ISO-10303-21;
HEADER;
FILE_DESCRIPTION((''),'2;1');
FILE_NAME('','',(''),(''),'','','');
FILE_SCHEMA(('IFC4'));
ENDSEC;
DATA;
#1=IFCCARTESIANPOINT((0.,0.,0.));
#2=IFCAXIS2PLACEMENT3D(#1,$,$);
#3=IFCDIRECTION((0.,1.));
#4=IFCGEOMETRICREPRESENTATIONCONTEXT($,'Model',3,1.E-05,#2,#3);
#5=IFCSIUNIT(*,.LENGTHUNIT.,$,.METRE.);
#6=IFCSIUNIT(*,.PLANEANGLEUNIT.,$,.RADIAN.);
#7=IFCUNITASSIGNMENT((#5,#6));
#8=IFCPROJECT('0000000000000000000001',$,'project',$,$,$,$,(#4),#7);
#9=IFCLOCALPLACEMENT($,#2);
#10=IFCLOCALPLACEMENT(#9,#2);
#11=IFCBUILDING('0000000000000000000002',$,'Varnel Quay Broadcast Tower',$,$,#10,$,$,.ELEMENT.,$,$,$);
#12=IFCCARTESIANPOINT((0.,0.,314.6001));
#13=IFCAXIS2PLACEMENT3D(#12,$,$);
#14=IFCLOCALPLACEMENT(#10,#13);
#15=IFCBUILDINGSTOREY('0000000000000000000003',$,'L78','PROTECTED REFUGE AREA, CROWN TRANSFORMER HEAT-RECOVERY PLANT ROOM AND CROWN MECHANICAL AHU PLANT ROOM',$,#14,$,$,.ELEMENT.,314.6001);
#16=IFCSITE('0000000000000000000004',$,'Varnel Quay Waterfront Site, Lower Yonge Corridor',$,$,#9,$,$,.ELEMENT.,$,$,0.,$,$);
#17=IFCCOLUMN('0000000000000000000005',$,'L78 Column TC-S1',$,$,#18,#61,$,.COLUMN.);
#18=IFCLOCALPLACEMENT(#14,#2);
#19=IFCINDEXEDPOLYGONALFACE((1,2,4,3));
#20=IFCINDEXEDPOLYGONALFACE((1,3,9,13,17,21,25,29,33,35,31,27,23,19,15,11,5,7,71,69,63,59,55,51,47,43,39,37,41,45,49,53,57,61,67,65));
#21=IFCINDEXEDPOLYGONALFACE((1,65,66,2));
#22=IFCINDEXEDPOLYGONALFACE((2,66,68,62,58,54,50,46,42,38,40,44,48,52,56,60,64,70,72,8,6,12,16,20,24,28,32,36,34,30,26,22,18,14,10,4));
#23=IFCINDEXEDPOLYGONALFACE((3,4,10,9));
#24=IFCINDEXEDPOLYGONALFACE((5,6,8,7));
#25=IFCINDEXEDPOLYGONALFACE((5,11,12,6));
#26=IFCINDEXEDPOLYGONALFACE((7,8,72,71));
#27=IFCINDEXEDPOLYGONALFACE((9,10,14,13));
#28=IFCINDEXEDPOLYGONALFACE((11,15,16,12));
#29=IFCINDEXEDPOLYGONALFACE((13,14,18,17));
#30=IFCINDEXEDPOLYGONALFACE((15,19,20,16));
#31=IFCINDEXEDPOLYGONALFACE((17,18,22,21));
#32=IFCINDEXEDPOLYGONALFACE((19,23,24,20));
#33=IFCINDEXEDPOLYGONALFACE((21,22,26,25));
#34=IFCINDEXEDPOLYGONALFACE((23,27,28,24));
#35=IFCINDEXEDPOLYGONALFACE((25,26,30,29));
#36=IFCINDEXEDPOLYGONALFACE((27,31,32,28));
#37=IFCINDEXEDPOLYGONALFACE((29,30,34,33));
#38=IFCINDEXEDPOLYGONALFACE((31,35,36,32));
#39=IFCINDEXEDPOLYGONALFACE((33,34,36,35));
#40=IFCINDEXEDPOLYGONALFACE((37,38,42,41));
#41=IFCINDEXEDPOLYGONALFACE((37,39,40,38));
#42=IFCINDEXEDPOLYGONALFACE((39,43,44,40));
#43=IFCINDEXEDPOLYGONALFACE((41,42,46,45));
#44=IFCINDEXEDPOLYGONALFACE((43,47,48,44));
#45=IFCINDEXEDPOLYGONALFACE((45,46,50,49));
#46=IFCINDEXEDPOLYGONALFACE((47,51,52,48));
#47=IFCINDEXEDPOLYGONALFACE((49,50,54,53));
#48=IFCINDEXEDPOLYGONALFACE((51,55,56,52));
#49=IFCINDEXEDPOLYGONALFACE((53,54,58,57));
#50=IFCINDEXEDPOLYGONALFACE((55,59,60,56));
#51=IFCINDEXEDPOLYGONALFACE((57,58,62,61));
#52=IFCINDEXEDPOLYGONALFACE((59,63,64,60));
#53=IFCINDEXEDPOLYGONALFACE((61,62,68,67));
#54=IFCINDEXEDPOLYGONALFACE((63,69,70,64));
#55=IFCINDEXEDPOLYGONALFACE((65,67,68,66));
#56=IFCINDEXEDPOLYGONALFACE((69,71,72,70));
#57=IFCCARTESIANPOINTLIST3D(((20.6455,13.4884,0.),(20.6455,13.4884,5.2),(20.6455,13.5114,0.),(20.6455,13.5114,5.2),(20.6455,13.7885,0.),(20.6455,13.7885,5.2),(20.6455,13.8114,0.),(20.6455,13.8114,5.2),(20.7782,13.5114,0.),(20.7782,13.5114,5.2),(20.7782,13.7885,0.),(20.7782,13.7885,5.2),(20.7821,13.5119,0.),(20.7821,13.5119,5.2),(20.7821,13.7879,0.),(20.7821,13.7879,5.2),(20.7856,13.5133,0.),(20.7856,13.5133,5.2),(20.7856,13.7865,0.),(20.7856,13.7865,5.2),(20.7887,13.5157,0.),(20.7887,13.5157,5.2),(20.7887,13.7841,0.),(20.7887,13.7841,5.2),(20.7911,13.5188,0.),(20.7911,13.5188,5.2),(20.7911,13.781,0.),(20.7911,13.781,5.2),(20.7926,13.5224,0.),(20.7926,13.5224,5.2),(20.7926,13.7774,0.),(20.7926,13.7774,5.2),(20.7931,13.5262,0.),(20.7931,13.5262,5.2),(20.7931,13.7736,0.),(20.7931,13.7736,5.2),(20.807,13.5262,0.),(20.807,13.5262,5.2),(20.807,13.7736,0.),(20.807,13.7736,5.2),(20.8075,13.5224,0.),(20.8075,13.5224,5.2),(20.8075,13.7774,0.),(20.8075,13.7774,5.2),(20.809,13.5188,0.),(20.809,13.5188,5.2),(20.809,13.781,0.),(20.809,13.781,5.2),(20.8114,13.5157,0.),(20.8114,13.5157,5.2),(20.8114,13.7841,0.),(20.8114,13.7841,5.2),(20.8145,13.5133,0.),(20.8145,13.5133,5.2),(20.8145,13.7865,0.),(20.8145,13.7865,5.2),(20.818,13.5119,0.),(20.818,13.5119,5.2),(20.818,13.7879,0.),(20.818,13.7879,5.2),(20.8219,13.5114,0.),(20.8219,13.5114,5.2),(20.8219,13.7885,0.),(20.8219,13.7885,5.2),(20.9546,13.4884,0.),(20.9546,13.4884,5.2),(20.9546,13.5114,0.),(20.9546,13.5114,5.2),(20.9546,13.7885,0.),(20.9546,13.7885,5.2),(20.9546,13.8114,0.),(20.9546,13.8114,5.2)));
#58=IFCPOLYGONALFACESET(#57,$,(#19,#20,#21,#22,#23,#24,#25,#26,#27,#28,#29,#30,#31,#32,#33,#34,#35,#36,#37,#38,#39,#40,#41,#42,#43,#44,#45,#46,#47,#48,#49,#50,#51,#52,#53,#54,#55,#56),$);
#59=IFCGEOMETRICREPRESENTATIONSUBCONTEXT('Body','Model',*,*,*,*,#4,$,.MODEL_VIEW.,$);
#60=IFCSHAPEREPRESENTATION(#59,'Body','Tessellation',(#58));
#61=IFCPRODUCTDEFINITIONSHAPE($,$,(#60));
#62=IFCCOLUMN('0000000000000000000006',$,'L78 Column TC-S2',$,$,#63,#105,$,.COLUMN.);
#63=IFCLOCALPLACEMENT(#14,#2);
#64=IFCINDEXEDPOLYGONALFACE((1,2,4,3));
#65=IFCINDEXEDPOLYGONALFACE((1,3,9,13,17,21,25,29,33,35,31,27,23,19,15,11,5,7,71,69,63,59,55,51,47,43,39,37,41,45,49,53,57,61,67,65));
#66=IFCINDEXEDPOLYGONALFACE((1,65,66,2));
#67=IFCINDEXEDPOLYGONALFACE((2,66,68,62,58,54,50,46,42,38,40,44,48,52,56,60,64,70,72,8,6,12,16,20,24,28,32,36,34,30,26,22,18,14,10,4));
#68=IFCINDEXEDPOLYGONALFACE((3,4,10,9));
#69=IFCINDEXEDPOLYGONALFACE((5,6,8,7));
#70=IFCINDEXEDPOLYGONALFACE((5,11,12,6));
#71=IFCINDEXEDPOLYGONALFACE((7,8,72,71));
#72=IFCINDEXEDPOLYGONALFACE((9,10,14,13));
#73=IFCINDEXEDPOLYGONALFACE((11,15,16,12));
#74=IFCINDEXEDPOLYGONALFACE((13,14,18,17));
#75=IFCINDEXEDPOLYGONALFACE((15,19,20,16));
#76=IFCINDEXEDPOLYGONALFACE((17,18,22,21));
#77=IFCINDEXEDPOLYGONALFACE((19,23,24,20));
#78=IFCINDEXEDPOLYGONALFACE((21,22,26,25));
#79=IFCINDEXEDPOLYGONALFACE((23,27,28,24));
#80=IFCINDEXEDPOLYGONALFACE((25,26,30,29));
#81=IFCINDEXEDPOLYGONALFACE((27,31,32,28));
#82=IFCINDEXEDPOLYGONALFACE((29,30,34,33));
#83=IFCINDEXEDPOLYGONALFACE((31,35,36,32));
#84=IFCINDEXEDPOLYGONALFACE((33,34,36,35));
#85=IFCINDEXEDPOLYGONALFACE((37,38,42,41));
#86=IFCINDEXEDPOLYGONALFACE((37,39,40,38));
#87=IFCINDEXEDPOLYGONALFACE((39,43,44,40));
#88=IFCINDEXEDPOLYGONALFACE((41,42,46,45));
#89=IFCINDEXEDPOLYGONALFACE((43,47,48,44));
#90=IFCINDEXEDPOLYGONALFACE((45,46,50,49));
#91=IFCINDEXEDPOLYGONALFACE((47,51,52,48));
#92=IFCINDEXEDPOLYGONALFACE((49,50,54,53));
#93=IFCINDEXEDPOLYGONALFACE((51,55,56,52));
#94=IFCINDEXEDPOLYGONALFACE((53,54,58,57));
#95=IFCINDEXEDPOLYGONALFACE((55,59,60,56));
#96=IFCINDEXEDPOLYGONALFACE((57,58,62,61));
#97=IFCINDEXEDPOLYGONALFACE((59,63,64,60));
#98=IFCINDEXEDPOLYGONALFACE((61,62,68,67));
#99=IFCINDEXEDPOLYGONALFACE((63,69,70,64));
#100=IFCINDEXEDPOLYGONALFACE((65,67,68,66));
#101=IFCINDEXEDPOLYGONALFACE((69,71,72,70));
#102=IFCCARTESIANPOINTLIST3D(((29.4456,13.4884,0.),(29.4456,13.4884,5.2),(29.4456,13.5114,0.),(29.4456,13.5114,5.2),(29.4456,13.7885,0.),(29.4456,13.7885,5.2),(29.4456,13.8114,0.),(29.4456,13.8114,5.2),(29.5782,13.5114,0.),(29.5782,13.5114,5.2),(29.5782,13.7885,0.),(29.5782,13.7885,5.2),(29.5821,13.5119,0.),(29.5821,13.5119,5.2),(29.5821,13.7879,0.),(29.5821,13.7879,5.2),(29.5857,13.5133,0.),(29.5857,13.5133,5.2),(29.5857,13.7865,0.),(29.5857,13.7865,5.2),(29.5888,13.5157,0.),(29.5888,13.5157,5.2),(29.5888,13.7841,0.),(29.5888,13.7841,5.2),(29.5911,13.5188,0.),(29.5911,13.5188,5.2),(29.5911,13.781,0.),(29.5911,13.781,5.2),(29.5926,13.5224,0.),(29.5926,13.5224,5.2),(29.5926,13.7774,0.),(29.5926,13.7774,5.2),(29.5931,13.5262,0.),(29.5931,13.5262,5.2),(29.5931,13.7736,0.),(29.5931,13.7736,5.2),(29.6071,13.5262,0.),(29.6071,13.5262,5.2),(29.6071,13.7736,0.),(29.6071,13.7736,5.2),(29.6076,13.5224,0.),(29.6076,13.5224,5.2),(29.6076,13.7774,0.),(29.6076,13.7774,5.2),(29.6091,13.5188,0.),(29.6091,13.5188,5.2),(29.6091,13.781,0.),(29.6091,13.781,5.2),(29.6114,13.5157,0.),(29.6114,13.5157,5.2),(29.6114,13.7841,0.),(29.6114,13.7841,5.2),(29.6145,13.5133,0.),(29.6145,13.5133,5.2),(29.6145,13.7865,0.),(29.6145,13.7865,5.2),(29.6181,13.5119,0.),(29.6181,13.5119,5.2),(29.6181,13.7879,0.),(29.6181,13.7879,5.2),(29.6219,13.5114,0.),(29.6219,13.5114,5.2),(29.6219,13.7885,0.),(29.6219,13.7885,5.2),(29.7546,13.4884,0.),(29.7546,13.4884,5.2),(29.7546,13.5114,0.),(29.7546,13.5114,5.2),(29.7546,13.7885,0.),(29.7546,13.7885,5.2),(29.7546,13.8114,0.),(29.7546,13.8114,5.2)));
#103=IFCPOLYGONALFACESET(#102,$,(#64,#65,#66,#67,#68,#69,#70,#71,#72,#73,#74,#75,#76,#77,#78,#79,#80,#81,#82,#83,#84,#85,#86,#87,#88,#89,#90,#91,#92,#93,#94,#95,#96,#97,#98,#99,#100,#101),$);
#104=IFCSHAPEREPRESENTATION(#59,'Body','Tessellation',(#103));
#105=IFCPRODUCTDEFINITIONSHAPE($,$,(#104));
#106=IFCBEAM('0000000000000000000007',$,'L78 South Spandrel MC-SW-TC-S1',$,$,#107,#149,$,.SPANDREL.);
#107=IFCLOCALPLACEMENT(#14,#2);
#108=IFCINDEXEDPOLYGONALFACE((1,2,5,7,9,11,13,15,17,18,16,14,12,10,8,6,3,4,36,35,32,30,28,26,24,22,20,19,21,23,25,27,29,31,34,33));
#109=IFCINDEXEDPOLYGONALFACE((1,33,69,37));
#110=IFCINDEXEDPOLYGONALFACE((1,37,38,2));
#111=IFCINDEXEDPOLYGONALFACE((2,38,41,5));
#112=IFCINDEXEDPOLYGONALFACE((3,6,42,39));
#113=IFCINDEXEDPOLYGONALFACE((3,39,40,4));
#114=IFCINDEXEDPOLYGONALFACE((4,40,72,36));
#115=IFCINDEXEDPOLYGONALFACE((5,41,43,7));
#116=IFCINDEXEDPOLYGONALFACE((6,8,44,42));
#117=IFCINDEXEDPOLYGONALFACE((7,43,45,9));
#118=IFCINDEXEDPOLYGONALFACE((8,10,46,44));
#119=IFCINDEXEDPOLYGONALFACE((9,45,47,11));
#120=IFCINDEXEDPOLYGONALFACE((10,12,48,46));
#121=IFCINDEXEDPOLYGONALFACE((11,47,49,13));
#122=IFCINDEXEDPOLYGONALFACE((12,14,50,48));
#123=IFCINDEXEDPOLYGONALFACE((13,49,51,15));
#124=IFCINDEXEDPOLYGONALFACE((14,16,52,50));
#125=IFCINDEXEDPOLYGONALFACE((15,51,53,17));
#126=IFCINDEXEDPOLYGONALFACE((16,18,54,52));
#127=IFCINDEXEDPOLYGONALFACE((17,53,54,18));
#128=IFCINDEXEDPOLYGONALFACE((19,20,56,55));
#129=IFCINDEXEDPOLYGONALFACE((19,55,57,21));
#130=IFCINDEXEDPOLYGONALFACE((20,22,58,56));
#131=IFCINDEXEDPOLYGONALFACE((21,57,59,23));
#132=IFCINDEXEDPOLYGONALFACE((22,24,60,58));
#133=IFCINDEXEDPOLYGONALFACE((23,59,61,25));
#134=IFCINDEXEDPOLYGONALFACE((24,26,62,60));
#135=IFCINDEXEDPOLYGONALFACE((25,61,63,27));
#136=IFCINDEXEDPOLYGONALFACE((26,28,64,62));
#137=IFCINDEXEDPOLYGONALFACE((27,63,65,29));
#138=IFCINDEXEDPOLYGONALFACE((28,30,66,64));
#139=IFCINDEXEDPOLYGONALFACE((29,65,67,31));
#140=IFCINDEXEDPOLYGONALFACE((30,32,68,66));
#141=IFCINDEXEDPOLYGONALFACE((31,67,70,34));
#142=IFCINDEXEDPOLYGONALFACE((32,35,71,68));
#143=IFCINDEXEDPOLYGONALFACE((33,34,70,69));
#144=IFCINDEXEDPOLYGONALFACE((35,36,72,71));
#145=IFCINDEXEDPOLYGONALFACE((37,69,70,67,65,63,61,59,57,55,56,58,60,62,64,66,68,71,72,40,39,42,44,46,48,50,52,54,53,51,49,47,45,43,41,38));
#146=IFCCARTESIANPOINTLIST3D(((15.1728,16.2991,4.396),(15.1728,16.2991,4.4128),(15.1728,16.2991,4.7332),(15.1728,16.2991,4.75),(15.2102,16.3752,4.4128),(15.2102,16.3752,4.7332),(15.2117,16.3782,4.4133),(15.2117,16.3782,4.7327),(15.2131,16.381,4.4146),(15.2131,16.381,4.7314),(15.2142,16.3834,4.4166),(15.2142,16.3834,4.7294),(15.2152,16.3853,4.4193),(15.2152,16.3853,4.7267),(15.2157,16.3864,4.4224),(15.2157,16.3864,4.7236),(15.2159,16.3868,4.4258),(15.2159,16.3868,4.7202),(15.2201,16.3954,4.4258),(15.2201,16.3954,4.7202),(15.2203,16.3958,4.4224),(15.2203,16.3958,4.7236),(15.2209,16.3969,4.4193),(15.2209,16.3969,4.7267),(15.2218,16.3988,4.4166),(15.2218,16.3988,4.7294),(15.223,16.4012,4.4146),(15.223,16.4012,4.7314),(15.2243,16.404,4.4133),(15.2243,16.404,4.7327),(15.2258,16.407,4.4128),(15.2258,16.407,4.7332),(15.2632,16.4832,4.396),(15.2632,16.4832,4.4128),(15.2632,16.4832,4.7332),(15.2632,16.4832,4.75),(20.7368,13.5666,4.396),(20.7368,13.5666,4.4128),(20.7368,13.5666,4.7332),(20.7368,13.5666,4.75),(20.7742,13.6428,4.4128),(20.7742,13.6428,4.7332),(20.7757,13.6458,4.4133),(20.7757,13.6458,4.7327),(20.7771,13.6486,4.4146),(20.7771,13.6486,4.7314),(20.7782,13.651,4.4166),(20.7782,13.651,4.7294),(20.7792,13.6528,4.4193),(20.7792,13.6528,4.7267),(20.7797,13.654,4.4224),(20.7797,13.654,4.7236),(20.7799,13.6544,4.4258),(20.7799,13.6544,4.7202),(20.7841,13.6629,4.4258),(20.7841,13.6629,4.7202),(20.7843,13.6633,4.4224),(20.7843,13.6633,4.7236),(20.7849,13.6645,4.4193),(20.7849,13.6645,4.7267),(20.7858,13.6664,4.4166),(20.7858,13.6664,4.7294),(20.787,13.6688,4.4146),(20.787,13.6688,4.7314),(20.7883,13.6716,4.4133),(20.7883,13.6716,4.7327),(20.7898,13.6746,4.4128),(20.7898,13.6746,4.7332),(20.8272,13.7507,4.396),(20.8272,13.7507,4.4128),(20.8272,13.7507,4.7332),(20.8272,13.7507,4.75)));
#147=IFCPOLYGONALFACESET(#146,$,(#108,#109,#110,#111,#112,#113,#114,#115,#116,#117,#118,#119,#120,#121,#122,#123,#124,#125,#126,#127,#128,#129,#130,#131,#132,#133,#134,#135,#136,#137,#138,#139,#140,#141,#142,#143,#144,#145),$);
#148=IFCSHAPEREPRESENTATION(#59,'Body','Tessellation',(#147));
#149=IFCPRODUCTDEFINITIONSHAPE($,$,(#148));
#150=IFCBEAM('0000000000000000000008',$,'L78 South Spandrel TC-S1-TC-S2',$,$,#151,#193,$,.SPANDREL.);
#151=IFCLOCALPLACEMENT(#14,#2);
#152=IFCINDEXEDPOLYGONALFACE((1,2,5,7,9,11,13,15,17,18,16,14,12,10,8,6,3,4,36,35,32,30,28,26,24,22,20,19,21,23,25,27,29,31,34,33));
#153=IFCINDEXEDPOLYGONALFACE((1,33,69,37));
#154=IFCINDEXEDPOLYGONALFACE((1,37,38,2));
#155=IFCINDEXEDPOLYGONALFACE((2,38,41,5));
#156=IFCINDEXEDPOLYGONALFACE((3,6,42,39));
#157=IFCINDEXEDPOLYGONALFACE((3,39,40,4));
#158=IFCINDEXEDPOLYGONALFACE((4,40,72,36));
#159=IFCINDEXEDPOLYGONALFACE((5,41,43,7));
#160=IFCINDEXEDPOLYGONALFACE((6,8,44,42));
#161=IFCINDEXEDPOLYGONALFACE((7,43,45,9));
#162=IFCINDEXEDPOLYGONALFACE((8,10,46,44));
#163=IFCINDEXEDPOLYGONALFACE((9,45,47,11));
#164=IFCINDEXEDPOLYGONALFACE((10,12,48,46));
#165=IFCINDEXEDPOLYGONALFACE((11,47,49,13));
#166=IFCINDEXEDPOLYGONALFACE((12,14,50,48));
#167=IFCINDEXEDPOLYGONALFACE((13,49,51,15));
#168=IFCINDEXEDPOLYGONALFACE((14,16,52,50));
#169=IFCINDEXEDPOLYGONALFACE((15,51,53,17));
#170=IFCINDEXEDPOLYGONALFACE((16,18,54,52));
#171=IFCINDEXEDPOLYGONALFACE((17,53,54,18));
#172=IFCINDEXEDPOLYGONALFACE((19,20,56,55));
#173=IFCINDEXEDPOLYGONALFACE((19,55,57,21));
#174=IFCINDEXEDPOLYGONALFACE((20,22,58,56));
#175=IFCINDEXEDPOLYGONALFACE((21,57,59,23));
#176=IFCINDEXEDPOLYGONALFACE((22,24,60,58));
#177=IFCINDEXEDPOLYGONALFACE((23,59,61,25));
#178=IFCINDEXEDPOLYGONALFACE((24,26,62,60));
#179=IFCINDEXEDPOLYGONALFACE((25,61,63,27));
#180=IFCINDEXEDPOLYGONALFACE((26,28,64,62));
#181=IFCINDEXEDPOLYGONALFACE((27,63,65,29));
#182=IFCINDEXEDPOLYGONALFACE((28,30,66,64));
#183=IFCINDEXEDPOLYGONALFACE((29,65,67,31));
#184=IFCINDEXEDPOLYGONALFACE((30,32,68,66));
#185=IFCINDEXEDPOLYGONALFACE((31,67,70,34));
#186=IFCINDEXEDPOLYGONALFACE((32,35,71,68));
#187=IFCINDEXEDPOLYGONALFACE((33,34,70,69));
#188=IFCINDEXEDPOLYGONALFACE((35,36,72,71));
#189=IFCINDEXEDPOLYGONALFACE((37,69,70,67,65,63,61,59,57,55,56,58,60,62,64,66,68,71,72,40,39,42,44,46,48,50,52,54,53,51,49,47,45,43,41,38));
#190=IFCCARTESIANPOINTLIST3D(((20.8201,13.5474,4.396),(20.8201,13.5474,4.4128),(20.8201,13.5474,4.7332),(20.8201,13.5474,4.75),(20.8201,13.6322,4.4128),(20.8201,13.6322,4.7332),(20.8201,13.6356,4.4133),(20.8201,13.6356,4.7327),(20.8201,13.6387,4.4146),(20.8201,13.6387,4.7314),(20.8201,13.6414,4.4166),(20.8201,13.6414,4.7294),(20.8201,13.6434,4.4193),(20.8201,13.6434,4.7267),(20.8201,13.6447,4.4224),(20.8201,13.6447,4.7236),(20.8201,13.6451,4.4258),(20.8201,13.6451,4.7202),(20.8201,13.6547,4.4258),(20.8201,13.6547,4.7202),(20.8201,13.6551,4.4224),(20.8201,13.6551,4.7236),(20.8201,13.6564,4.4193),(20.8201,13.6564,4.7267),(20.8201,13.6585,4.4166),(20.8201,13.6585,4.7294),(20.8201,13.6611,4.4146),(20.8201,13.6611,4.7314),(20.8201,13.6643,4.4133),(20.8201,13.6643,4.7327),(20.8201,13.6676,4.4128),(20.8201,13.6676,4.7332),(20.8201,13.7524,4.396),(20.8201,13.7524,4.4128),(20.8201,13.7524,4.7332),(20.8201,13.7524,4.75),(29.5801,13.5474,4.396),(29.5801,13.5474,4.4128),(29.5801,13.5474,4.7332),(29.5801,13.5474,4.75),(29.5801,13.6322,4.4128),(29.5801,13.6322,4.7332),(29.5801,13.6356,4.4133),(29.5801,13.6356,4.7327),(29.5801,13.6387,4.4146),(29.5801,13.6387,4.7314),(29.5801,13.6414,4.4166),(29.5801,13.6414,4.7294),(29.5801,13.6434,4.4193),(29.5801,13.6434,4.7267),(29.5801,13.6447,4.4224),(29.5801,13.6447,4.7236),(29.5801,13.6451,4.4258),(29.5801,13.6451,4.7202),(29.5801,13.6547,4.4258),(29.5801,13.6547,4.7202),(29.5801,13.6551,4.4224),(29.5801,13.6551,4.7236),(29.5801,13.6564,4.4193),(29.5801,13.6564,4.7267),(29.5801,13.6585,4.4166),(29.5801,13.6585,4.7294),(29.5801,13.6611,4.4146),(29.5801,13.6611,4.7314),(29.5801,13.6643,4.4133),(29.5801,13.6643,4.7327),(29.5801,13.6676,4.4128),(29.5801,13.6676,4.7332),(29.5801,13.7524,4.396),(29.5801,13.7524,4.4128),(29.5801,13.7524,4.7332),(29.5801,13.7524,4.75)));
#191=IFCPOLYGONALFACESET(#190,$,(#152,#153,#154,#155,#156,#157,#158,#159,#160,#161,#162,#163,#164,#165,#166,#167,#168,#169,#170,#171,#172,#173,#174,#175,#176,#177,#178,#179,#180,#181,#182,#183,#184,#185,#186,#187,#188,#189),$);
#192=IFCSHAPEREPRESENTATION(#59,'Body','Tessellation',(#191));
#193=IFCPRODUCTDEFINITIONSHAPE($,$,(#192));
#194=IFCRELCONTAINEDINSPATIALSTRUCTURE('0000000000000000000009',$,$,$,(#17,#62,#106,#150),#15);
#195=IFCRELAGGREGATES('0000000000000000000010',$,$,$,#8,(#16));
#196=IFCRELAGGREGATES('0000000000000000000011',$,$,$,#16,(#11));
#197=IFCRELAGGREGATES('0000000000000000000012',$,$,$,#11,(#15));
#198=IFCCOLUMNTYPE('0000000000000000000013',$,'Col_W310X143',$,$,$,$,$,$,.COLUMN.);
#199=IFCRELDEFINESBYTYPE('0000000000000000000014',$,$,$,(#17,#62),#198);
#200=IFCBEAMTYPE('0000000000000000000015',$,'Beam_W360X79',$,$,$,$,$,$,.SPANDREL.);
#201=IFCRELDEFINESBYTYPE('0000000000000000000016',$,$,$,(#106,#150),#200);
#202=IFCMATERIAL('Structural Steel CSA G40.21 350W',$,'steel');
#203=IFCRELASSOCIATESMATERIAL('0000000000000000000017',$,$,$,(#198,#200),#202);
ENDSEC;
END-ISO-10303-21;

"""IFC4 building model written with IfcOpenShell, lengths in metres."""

from ifc_helpers import new_model, si_unit, direction, frame, origin, origin_2d, place, context, subcontext, project, spatial, i_section, extrude, source, transform, mapped, material, material_profile, profile_set, type_object, type_shapes, element, save


model = new_model("IFC4")

# Units and contexts
model_context = context("Model", 3, precision=1e-05, world=origin(), true_north=direction((0.0, 1.0)))
body_context = subcontext(model_context, "Body", "Model", "MODEL_VIEW")
ifc_project = project(units=[si_unit("LENGTHUNIT", "METRE"), si_unit("PLANEANGLEUNIT", "RADIAN")], contexts=[model_context])

# Site, building, storey
site_placement = place(None, origin())
site = spatial("IfcSite", under=ifc_project, at=site_placement, Name="Varnel Quay Waterfront Site, Lower Yonge Corridor", CompositionType="ELEMENT", RefElevation=0.0)
building_placement = place(site_placement, origin())
building = spatial("IfcBuilding", under=site, at=building_placement, Name="Varnel Quay Broadcast Tower", CompositionType="ELEMENT")
storey_placement = place(building_placement, frame((0.0, 0.0, 314.6001)))
storey = spatial("IfcBuildingStorey", under=building, at=storey_placement, Name="L78", Description="PROTECTED REFUGE AREA, CROWN TRANSFORMER HEAT-RECOVERY PLANT ROOM AND CROWN MECHANICAL AHU PLANT ROOM", CompositionType="ELEMENT", Elevation=314.6001)

# Columns
ifc_material_1 = material(Name="Structural Steel CSA G40.21 350W", Category="steel")
ifc_material_profile_1 = material_profile(ifc_material_1, i_section(OverallWidth=0.3091, OverallDepth=0.323, WebThickness=0.0139, FlangeThickness=0.0229, FilletRadius=0.0149, at=origin_2d()), Name="W310X143")
ifc_profile_set_1 = profile_set([ifc_material_profile_1], Name="Structural Steel CSA G40.21 350W")
column_type = type_object("IfcColumnType", Name="Col_W310X143", PredefinedType="COLUMN", material=ifc_profile_set_1)
shared_shape_1 = source(origin(), body_context, "Body", "SweptSolid", [
    extrude(i_section(OverallWidth=0.3091, OverallDepth=0.323, WebThickness=0.0139, FlangeThickness=0.0229, FilletRadius=0.0149, at=origin_2d()), origin(), (0.0, 0.0, 1.0), 5.2),
])
type_shapes(column_type, [shared_shape_1])
for number, where, z_axis, x_axis, name in (
    (1, (20.8, 13.6499, 0.0), (0.0, 0.0, 1.0), (1.0, 0.0, 0.0), "L78 Column TC-S1"),
    (2, (29.6001, 13.6499, 0.0), (0.0, 0.0, 1.0), (1.0, 0.0, 0.0), "L78 Column TC-S2"),
):
    element("IfcColumn", number, at=place(storey_placement, frame(where, z_axis=z_axis, x_axis=x_axis)), inside=storey, type_object=column_type, Name=name, PredefinedType="COLUMN", context=body_context, shape_type="MappedRepresentation", body=[
        mapped(shared_shape_1, transform((0.0, 0.0, 0.0), x_axis=(1.0, 0.0, 0.0), y_axis=(0.0, 1.0, 0.0), z_axis=(0.0, 0.0, 1.0), scale=1.0)),
    ])

# Beams
ifc_material_profile_2 = material_profile(ifc_material_1, i_section(OverallWidth=0.2051, OverallDepth=0.354, WebThickness=0.0095, FlangeThickness=0.0168, FilletRadius=0.0129, at=origin_2d()), Name="W360X79")
ifc_profile_set_2 = profile_set([ifc_material_profile_2], Name="Structural Steel CSA G40.21 350W")
beam_type_1 = type_object("IfcBeamType", Name="Beam_W360X79", PredefinedType="SPANDREL", material=ifc_profile_set_2)
shared_shape_2 = source(origin(), body_context, "Body", "SweptSolid", [
    extrude(i_section(OverallWidth=0.2051, OverallDepth=0.354, WebThickness=0.0095, FlangeThickness=0.0168, FilletRadius=0.0129, at=origin_2d()), origin(), (0.0, 0.0, 1.0), 6.1987),
])
beam_1_placement = place(storey_placement, frame((15.218, 16.3911, 4.573), z_axis=(0.897602, -0.440806, 0.0), x_axis=(0.440806, 0.897602, 0.0)))
element("IfcBeam", 3, at=beam_1_placement, inside=storey, type_object=beam_type_1, Name="L78 South Spandrel MC-SW-TC-S1", PredefinedType="SPANDREL", context=body_context, shape_type="MappedRepresentation", body=[
    mapped(shared_shape_2, transform((0.0, 0.0, 0.0), x_axis=(1.0, 0.0, 0.0), y_axis=(0.0, 1.0, 0.0), z_axis=(0.0, 0.0, 1.0), scale=1.0)),
])
shared_shape_3 = source(origin(), body_context, "Body", "SweptSolid", [
    extrude(i_section(OverallWidth=0.2051, OverallDepth=0.354, WebThickness=0.0095, FlangeThickness=0.0168, FilletRadius=0.0129, at=origin_2d()), origin(), (0.0, 0.0, 1.0), 8.76),
])
beam_2_placement = place(storey_placement, frame((20.8201, 13.6499, 4.573), z_axis=(1.0, 0.0, 0.0), x_axis=(0.0, 1.0, 0.0)))
element("IfcBeam", 4, at=beam_2_placement, inside=storey, type_object=beam_type_1, Name="L78 South Spandrel TC-S1-TC-S2", PredefinedType="SPANDREL", context=body_context, shape_type="MappedRepresentation", body=[
    mapped(shared_shape_3, transform((0.0, 0.0, 0.0), x_axis=(1.0, 0.0, 0.0), y_axis=(0.0, 1.0, 0.0), z_axis=(0.0, 0.0, 1.0), scale=1.0)),
])

save(model, "model.ifc")
